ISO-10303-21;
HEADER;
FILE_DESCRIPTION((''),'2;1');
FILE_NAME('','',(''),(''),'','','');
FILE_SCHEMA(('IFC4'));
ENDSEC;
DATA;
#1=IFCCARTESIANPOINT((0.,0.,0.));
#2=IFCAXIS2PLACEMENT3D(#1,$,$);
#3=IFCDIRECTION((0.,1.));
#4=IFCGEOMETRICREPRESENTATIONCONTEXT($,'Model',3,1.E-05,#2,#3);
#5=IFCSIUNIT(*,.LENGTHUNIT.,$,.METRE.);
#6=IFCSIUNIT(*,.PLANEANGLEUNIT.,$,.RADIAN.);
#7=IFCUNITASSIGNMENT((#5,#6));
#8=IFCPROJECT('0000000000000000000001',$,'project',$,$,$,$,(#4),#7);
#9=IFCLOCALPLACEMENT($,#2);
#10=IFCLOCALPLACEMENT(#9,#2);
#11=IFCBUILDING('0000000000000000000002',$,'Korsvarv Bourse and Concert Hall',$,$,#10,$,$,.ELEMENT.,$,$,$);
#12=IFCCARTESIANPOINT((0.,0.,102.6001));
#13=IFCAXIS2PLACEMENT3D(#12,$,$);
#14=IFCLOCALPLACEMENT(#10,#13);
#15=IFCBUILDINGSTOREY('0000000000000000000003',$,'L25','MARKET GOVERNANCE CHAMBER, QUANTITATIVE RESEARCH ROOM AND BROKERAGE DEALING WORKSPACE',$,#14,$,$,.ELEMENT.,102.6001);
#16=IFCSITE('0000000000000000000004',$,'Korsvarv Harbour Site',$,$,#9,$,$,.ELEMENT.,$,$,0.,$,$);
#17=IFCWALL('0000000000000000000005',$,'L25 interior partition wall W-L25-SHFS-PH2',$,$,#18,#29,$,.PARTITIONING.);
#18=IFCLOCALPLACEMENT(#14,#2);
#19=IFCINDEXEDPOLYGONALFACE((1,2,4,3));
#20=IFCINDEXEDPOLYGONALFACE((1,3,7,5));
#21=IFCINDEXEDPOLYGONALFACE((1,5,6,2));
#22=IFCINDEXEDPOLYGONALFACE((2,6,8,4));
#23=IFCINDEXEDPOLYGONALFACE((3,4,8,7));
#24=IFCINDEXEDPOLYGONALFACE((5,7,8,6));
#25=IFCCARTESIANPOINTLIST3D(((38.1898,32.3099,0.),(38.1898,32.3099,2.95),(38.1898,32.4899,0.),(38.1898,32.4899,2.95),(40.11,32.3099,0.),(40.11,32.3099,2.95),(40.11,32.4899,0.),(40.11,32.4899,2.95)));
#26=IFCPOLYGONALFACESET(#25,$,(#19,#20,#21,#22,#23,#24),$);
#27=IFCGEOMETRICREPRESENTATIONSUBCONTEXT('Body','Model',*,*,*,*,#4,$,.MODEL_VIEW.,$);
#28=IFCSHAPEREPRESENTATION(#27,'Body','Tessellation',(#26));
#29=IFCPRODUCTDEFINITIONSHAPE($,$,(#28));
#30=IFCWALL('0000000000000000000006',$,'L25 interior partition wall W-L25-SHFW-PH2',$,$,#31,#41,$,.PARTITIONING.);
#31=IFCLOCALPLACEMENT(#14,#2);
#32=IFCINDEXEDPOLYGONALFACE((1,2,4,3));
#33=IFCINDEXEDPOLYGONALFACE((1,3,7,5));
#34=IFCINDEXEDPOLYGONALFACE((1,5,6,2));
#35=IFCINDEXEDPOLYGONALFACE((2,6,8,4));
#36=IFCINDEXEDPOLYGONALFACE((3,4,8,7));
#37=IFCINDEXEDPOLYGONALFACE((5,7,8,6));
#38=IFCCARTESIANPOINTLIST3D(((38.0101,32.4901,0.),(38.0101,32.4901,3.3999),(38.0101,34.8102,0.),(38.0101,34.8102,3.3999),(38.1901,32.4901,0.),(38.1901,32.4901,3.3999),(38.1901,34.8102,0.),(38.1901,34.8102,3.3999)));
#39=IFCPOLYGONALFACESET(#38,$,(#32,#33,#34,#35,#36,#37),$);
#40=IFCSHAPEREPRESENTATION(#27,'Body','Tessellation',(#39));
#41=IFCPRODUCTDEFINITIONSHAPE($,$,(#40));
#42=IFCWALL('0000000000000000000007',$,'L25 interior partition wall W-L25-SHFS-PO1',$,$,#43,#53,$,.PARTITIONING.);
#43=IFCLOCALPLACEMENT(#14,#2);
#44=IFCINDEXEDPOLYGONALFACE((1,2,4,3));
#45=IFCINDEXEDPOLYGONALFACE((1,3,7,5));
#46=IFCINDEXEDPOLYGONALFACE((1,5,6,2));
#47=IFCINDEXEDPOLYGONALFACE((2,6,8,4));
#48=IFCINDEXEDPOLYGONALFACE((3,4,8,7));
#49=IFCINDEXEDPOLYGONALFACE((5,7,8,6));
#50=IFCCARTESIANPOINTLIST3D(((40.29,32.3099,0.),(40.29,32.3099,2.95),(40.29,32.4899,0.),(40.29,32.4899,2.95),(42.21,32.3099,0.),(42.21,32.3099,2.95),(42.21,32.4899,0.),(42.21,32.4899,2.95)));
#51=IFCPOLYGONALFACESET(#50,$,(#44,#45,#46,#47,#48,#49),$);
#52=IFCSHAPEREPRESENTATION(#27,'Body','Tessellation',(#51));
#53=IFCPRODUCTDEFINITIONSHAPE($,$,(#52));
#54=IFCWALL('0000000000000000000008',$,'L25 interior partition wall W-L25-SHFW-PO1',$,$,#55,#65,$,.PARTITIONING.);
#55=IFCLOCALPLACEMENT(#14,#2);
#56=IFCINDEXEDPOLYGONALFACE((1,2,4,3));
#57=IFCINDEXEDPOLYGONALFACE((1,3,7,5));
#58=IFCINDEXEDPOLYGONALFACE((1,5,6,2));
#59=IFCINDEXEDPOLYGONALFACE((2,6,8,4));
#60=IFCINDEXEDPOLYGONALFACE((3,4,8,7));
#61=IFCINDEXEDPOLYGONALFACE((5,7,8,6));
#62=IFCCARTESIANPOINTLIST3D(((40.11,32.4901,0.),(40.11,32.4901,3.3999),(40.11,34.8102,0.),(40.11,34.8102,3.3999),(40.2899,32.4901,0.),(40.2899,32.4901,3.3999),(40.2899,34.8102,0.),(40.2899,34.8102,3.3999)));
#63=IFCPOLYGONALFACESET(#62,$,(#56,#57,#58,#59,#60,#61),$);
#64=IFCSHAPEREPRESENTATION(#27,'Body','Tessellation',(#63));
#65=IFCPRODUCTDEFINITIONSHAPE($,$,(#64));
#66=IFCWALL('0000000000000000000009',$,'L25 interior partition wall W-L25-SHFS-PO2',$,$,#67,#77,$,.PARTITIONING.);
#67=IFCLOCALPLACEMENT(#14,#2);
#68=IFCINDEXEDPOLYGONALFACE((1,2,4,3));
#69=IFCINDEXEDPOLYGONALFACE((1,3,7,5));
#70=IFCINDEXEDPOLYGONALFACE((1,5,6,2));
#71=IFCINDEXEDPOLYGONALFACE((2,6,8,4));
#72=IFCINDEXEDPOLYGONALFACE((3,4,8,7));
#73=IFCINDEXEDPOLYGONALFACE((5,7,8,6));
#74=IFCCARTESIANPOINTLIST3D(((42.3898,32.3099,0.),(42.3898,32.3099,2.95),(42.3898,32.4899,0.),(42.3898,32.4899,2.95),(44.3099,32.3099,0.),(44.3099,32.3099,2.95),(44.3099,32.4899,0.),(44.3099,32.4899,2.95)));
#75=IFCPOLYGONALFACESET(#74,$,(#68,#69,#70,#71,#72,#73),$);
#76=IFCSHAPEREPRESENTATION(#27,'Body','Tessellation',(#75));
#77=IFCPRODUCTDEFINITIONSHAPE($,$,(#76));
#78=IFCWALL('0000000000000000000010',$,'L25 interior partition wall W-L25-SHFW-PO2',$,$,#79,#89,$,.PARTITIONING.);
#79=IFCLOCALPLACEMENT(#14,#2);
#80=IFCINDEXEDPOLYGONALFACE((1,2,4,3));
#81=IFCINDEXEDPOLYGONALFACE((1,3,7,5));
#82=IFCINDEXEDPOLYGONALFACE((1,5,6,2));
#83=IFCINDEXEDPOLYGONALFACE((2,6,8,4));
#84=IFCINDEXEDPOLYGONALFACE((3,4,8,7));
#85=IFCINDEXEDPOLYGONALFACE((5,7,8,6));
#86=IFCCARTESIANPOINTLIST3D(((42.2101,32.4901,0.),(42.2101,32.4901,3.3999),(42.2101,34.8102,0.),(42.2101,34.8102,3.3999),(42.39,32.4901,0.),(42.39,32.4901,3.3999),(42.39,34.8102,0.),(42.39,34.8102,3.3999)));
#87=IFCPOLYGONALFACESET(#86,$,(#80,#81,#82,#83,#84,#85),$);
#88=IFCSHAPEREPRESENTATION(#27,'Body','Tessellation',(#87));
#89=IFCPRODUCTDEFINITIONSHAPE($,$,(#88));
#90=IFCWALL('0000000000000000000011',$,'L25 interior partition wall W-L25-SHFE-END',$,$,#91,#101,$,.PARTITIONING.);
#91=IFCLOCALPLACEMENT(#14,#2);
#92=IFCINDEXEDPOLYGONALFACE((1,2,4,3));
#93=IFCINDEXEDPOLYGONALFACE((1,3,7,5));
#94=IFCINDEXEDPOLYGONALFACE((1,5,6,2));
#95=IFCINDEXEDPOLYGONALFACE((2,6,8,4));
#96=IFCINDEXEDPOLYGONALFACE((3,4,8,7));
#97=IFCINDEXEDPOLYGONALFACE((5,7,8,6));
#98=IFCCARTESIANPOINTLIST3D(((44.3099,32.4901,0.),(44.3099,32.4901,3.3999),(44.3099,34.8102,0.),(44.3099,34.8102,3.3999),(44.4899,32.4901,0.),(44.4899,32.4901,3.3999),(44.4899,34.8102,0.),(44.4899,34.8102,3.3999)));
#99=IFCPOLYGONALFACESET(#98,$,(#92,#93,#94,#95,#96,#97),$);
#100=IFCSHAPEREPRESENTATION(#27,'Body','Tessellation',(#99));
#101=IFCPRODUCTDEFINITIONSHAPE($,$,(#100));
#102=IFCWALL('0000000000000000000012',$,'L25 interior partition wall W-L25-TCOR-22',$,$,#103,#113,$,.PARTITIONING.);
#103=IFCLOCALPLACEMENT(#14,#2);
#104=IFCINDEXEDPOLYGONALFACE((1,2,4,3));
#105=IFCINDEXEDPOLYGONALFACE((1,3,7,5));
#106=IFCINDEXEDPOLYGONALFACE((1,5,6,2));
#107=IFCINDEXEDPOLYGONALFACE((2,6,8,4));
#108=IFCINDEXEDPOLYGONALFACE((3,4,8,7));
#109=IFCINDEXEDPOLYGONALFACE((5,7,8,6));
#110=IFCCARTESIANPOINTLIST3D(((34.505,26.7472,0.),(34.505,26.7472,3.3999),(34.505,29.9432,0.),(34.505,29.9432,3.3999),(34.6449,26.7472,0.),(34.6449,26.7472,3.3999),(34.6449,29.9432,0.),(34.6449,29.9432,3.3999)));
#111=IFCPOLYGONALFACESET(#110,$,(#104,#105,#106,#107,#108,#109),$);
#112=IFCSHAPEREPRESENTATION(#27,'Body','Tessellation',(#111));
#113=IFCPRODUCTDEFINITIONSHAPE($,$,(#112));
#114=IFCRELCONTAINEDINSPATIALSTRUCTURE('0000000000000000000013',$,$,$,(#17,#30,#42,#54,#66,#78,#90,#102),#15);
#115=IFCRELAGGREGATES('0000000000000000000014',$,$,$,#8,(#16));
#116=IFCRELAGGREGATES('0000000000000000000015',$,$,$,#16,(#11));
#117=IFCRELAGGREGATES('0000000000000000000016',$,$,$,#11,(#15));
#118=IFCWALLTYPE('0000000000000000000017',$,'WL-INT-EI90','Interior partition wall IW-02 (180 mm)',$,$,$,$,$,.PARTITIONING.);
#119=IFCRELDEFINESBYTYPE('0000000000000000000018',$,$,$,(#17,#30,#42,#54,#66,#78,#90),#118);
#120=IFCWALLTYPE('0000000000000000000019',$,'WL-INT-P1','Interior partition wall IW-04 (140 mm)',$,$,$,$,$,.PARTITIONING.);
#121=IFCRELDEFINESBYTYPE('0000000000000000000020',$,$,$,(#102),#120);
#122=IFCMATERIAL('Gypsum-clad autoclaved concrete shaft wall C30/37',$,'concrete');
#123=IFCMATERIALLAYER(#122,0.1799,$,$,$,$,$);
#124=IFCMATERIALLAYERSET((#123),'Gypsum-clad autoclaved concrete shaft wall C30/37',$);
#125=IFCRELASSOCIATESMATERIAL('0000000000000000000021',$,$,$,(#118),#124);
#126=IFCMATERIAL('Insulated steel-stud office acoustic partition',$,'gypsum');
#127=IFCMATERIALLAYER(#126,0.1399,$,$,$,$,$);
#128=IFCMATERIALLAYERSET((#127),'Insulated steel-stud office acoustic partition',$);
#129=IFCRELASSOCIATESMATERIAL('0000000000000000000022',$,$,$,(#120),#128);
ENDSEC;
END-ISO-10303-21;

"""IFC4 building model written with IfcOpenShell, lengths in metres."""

from ifc_helpers import new_model, si_unit, direction, frame, frame_2d, origin, place, context, subcontext, project, spatial, rectangle, extrude, material, layer, layer_set, type_object, element, save


model = new_model("IFC4")

# Units and contexts
model_context = context("Model", 3, precision=1e-05, world=origin(), true_north=direction((0.0, 1.0)))
body_context = subcontext(model_context, "Body", "Model", "MODEL_VIEW")
ifc_project = project(units=[si_unit("LENGTHUNIT", "METRE"), si_unit("PLANEANGLEUNIT", "RADIAN")], contexts=[model_context])

# Site, building, storey
site_placement = place(None, origin())
site = spatial("IfcSite", under=ifc_project, at=site_placement, Name="Korsvarv Harbour Site", CompositionType="ELEMENT", RefElevation=0.0)
building_placement = place(site_placement, origin())
building = spatial("IfcBuilding", under=site, at=building_placement, Name="Korsvarv Bourse and Concert Hall", CompositionType="ELEMENT")
storey_placement = place(building_placement, frame((0.0, 0.0, 102.6001)))
storey = spatial("IfcBuildingStorey", under=building, at=storey_placement, Name="L25", Description="MARKET GOVERNANCE CHAMBER, QUANTITATIVE RESEARCH ROOM AND BROKERAGE DEALING WORKSPACE", CompositionType="ELEMENT", Elevation=102.6001)

# Walls
ifc_material_1 = material(Name="Gypsum-clad autoclaved concrete shaft wall C30/37", Category="concrete")
ifc_layer_1 = layer(ifc_material_1, 0.1799)
ifc_layer_set_1 = layer_set([ifc_layer_1], Name="Gypsum-clad autoclaved concrete shaft wall C30/37")
wall_type_1 = type_object("IfcWallType", Name="WL-INT-EI90", Description="Interior partition wall IW-02 (180 mm)", PredefinedType="PARTITIONING", material=ifc_layer_set_1)
wall_1_placement = place(storey_placement, frame((38.1899, 32.3999, 0.0), z_axis=(0.0, 0.0, 1.0), x_axis=(1.0, 0.0, 0.0)))
element("IfcWall", 1, at=wall_1_placement, inside=storey, type_object=wall_type_1, Name="L25 interior partition wall W-L25-SHFS-PH2", PredefinedType="PARTITIONING", context=body_context, shape_type="SweptSolid", body=[
    extrude(rectangle(XDim=1.9202, YDim=0.1799, at=frame_2d((0.96, 0.0))), origin(), (0.0, 0.0, 1.0), 2.95),
])
wall_2_placement = place(storey_placement, frame((38.1001, 32.49, 0.0), z_axis=(0.0, 0.0, 1.0), x_axis=(0.0, 1.0, 0.0)))
element("IfcWall", 2, at=wall_2_placement, inside=storey, type_object=wall_type_1, Name="L25 interior partition wall W-L25-SHFW-PH2", PredefinedType="PARTITIONING", context=body_context, shape_type="SweptSolid", body=[
    extrude(rectangle(XDim=2.3201, YDim=0.1799, at=frame_2d((1.1602, 0.0))), origin(), (0.0, 0.0, 1.0), 3.3999),
])
wall_3_placement = place(storey_placement, frame((40.29, 32.3999, 0.0), z_axis=(0.0, 0.0, 1.0), x_axis=(1.0, 0.0, 0.0)))
element("IfcWall", 3, at=wall_3_placement, inside=storey, type_object=wall_type_1, Name="L25 interior partition wall W-L25-SHFS-PO1", PredefinedType="PARTITIONING", context=body_context, shape_type="SweptSolid", body=[
    extrude(rectangle(XDim=1.9199, YDim=0.1799, at=frame_2d((0.96, 0.0))), origin(), (0.0, 0.0, 1.0), 2.95),
])
wall_4_placement = place(storey_placement, frame((40.2, 32.49, 0.0), z_axis=(0.0, 0.0, 1.0), x_axis=(0.0, 1.0, 0.0)))
element("IfcWall", 4, at=wall_4_placement, inside=storey, type_object=wall_type_1, Name="L25 interior partition wall W-L25-SHFW-PO1", PredefinedType="PARTITIONING", context=body_context, shape_type="SweptSolid", body=[
    extrude(rectangle(XDim=2.3201, YDim=0.1799, at=frame_2d((1.1602, 0.0))), origin(), (0.0, 0.0, 1.0), 3.3999),
])
wall_5_placement = place(storey_placement, frame((42.3899, 32.3999, 0.0), z_axis=(0.0, 0.0, 1.0), x_axis=(1.0, 0.0, 0.0)))
element("IfcWall", 5, at=wall_5_placement, inside=storey, type_object=wall_type_1, Name="L25 interior partition wall W-L25-SHFS-PO2", PredefinedType="PARTITIONING", context=body_context, shape_type="SweptSolid", body=[
    extrude(rectangle(XDim=1.9202, YDim=0.1799, at=frame_2d((0.96, 0.0))), origin(), (0.0, 0.0, 1.0), 2.95),
])
for number, where, z_axis, x_axis, name in (
    (6, (42.3, 32.49, 0.0), (0.0, 0.0, 1.0), (0.0, 1.0, 0.0), "L25 interior partition wall W-L25-SHFW-PO2"),
    (7, (44.3999, 32.49, 0.0), (0.0, 0.0, 1.0), (0.0, 1.0, 0.0), "L25 interior partition wall W-L25-SHFE-END"),
):
    element("IfcWall", number, at=place(storey_placement, frame(where, z_axis=z_axis, x_axis=x_axis)), inside=storey, type_object=wall_type_1, Name=name, PredefinedType="PARTITIONING", context=body_context, shape_type="SweptSolid", body=[
        extrude(rectangle(XDim=2.3201, YDim=0.1799, at=frame_2d((1.1602, 0.0))), origin(), (0.0, 0.0, 1.0), 3.3999),
    ])
ifc_material_2 = material(Name="Insulated steel-stud office acoustic partition", Category="gypsum")
ifc_layer_2 = layer(ifc_material_2, 0.1399)
ifc_layer_set_2 = layer_set([ifc_layer_2], Name="Insulated steel-stud office acoustic partition")
wall_type_2 = type_object("IfcWallType", Name="WL-INT-P1", Description="Interior partition wall IW-04 (140 mm)", PredefinedType="PARTITIONING", material=ifc_layer_set_2)
wall_6_placement = place(storey_placement, frame((34.575, 26.7471, 0.0), z_axis=(0.0, 0.0, 1.0), x_axis=(0.0, 1.0, 0.0)))
element("IfcWall", 8, at=wall_6_placement, inside=storey, type_object=wall_type_2, Name="L25 interior partition wall W-L25-TCOR-22", PredefinedType="PARTITIONING", context=body_context, shape_type="SweptSolid", body=[
    extrude(rectangle(XDim=3.196, YDim=0.1399, at=frame_2d((1.5981, 0.0))), origin(), (0.0, 0.0, 1.0), 3.3999),
])

save(model, "model.ifc")
